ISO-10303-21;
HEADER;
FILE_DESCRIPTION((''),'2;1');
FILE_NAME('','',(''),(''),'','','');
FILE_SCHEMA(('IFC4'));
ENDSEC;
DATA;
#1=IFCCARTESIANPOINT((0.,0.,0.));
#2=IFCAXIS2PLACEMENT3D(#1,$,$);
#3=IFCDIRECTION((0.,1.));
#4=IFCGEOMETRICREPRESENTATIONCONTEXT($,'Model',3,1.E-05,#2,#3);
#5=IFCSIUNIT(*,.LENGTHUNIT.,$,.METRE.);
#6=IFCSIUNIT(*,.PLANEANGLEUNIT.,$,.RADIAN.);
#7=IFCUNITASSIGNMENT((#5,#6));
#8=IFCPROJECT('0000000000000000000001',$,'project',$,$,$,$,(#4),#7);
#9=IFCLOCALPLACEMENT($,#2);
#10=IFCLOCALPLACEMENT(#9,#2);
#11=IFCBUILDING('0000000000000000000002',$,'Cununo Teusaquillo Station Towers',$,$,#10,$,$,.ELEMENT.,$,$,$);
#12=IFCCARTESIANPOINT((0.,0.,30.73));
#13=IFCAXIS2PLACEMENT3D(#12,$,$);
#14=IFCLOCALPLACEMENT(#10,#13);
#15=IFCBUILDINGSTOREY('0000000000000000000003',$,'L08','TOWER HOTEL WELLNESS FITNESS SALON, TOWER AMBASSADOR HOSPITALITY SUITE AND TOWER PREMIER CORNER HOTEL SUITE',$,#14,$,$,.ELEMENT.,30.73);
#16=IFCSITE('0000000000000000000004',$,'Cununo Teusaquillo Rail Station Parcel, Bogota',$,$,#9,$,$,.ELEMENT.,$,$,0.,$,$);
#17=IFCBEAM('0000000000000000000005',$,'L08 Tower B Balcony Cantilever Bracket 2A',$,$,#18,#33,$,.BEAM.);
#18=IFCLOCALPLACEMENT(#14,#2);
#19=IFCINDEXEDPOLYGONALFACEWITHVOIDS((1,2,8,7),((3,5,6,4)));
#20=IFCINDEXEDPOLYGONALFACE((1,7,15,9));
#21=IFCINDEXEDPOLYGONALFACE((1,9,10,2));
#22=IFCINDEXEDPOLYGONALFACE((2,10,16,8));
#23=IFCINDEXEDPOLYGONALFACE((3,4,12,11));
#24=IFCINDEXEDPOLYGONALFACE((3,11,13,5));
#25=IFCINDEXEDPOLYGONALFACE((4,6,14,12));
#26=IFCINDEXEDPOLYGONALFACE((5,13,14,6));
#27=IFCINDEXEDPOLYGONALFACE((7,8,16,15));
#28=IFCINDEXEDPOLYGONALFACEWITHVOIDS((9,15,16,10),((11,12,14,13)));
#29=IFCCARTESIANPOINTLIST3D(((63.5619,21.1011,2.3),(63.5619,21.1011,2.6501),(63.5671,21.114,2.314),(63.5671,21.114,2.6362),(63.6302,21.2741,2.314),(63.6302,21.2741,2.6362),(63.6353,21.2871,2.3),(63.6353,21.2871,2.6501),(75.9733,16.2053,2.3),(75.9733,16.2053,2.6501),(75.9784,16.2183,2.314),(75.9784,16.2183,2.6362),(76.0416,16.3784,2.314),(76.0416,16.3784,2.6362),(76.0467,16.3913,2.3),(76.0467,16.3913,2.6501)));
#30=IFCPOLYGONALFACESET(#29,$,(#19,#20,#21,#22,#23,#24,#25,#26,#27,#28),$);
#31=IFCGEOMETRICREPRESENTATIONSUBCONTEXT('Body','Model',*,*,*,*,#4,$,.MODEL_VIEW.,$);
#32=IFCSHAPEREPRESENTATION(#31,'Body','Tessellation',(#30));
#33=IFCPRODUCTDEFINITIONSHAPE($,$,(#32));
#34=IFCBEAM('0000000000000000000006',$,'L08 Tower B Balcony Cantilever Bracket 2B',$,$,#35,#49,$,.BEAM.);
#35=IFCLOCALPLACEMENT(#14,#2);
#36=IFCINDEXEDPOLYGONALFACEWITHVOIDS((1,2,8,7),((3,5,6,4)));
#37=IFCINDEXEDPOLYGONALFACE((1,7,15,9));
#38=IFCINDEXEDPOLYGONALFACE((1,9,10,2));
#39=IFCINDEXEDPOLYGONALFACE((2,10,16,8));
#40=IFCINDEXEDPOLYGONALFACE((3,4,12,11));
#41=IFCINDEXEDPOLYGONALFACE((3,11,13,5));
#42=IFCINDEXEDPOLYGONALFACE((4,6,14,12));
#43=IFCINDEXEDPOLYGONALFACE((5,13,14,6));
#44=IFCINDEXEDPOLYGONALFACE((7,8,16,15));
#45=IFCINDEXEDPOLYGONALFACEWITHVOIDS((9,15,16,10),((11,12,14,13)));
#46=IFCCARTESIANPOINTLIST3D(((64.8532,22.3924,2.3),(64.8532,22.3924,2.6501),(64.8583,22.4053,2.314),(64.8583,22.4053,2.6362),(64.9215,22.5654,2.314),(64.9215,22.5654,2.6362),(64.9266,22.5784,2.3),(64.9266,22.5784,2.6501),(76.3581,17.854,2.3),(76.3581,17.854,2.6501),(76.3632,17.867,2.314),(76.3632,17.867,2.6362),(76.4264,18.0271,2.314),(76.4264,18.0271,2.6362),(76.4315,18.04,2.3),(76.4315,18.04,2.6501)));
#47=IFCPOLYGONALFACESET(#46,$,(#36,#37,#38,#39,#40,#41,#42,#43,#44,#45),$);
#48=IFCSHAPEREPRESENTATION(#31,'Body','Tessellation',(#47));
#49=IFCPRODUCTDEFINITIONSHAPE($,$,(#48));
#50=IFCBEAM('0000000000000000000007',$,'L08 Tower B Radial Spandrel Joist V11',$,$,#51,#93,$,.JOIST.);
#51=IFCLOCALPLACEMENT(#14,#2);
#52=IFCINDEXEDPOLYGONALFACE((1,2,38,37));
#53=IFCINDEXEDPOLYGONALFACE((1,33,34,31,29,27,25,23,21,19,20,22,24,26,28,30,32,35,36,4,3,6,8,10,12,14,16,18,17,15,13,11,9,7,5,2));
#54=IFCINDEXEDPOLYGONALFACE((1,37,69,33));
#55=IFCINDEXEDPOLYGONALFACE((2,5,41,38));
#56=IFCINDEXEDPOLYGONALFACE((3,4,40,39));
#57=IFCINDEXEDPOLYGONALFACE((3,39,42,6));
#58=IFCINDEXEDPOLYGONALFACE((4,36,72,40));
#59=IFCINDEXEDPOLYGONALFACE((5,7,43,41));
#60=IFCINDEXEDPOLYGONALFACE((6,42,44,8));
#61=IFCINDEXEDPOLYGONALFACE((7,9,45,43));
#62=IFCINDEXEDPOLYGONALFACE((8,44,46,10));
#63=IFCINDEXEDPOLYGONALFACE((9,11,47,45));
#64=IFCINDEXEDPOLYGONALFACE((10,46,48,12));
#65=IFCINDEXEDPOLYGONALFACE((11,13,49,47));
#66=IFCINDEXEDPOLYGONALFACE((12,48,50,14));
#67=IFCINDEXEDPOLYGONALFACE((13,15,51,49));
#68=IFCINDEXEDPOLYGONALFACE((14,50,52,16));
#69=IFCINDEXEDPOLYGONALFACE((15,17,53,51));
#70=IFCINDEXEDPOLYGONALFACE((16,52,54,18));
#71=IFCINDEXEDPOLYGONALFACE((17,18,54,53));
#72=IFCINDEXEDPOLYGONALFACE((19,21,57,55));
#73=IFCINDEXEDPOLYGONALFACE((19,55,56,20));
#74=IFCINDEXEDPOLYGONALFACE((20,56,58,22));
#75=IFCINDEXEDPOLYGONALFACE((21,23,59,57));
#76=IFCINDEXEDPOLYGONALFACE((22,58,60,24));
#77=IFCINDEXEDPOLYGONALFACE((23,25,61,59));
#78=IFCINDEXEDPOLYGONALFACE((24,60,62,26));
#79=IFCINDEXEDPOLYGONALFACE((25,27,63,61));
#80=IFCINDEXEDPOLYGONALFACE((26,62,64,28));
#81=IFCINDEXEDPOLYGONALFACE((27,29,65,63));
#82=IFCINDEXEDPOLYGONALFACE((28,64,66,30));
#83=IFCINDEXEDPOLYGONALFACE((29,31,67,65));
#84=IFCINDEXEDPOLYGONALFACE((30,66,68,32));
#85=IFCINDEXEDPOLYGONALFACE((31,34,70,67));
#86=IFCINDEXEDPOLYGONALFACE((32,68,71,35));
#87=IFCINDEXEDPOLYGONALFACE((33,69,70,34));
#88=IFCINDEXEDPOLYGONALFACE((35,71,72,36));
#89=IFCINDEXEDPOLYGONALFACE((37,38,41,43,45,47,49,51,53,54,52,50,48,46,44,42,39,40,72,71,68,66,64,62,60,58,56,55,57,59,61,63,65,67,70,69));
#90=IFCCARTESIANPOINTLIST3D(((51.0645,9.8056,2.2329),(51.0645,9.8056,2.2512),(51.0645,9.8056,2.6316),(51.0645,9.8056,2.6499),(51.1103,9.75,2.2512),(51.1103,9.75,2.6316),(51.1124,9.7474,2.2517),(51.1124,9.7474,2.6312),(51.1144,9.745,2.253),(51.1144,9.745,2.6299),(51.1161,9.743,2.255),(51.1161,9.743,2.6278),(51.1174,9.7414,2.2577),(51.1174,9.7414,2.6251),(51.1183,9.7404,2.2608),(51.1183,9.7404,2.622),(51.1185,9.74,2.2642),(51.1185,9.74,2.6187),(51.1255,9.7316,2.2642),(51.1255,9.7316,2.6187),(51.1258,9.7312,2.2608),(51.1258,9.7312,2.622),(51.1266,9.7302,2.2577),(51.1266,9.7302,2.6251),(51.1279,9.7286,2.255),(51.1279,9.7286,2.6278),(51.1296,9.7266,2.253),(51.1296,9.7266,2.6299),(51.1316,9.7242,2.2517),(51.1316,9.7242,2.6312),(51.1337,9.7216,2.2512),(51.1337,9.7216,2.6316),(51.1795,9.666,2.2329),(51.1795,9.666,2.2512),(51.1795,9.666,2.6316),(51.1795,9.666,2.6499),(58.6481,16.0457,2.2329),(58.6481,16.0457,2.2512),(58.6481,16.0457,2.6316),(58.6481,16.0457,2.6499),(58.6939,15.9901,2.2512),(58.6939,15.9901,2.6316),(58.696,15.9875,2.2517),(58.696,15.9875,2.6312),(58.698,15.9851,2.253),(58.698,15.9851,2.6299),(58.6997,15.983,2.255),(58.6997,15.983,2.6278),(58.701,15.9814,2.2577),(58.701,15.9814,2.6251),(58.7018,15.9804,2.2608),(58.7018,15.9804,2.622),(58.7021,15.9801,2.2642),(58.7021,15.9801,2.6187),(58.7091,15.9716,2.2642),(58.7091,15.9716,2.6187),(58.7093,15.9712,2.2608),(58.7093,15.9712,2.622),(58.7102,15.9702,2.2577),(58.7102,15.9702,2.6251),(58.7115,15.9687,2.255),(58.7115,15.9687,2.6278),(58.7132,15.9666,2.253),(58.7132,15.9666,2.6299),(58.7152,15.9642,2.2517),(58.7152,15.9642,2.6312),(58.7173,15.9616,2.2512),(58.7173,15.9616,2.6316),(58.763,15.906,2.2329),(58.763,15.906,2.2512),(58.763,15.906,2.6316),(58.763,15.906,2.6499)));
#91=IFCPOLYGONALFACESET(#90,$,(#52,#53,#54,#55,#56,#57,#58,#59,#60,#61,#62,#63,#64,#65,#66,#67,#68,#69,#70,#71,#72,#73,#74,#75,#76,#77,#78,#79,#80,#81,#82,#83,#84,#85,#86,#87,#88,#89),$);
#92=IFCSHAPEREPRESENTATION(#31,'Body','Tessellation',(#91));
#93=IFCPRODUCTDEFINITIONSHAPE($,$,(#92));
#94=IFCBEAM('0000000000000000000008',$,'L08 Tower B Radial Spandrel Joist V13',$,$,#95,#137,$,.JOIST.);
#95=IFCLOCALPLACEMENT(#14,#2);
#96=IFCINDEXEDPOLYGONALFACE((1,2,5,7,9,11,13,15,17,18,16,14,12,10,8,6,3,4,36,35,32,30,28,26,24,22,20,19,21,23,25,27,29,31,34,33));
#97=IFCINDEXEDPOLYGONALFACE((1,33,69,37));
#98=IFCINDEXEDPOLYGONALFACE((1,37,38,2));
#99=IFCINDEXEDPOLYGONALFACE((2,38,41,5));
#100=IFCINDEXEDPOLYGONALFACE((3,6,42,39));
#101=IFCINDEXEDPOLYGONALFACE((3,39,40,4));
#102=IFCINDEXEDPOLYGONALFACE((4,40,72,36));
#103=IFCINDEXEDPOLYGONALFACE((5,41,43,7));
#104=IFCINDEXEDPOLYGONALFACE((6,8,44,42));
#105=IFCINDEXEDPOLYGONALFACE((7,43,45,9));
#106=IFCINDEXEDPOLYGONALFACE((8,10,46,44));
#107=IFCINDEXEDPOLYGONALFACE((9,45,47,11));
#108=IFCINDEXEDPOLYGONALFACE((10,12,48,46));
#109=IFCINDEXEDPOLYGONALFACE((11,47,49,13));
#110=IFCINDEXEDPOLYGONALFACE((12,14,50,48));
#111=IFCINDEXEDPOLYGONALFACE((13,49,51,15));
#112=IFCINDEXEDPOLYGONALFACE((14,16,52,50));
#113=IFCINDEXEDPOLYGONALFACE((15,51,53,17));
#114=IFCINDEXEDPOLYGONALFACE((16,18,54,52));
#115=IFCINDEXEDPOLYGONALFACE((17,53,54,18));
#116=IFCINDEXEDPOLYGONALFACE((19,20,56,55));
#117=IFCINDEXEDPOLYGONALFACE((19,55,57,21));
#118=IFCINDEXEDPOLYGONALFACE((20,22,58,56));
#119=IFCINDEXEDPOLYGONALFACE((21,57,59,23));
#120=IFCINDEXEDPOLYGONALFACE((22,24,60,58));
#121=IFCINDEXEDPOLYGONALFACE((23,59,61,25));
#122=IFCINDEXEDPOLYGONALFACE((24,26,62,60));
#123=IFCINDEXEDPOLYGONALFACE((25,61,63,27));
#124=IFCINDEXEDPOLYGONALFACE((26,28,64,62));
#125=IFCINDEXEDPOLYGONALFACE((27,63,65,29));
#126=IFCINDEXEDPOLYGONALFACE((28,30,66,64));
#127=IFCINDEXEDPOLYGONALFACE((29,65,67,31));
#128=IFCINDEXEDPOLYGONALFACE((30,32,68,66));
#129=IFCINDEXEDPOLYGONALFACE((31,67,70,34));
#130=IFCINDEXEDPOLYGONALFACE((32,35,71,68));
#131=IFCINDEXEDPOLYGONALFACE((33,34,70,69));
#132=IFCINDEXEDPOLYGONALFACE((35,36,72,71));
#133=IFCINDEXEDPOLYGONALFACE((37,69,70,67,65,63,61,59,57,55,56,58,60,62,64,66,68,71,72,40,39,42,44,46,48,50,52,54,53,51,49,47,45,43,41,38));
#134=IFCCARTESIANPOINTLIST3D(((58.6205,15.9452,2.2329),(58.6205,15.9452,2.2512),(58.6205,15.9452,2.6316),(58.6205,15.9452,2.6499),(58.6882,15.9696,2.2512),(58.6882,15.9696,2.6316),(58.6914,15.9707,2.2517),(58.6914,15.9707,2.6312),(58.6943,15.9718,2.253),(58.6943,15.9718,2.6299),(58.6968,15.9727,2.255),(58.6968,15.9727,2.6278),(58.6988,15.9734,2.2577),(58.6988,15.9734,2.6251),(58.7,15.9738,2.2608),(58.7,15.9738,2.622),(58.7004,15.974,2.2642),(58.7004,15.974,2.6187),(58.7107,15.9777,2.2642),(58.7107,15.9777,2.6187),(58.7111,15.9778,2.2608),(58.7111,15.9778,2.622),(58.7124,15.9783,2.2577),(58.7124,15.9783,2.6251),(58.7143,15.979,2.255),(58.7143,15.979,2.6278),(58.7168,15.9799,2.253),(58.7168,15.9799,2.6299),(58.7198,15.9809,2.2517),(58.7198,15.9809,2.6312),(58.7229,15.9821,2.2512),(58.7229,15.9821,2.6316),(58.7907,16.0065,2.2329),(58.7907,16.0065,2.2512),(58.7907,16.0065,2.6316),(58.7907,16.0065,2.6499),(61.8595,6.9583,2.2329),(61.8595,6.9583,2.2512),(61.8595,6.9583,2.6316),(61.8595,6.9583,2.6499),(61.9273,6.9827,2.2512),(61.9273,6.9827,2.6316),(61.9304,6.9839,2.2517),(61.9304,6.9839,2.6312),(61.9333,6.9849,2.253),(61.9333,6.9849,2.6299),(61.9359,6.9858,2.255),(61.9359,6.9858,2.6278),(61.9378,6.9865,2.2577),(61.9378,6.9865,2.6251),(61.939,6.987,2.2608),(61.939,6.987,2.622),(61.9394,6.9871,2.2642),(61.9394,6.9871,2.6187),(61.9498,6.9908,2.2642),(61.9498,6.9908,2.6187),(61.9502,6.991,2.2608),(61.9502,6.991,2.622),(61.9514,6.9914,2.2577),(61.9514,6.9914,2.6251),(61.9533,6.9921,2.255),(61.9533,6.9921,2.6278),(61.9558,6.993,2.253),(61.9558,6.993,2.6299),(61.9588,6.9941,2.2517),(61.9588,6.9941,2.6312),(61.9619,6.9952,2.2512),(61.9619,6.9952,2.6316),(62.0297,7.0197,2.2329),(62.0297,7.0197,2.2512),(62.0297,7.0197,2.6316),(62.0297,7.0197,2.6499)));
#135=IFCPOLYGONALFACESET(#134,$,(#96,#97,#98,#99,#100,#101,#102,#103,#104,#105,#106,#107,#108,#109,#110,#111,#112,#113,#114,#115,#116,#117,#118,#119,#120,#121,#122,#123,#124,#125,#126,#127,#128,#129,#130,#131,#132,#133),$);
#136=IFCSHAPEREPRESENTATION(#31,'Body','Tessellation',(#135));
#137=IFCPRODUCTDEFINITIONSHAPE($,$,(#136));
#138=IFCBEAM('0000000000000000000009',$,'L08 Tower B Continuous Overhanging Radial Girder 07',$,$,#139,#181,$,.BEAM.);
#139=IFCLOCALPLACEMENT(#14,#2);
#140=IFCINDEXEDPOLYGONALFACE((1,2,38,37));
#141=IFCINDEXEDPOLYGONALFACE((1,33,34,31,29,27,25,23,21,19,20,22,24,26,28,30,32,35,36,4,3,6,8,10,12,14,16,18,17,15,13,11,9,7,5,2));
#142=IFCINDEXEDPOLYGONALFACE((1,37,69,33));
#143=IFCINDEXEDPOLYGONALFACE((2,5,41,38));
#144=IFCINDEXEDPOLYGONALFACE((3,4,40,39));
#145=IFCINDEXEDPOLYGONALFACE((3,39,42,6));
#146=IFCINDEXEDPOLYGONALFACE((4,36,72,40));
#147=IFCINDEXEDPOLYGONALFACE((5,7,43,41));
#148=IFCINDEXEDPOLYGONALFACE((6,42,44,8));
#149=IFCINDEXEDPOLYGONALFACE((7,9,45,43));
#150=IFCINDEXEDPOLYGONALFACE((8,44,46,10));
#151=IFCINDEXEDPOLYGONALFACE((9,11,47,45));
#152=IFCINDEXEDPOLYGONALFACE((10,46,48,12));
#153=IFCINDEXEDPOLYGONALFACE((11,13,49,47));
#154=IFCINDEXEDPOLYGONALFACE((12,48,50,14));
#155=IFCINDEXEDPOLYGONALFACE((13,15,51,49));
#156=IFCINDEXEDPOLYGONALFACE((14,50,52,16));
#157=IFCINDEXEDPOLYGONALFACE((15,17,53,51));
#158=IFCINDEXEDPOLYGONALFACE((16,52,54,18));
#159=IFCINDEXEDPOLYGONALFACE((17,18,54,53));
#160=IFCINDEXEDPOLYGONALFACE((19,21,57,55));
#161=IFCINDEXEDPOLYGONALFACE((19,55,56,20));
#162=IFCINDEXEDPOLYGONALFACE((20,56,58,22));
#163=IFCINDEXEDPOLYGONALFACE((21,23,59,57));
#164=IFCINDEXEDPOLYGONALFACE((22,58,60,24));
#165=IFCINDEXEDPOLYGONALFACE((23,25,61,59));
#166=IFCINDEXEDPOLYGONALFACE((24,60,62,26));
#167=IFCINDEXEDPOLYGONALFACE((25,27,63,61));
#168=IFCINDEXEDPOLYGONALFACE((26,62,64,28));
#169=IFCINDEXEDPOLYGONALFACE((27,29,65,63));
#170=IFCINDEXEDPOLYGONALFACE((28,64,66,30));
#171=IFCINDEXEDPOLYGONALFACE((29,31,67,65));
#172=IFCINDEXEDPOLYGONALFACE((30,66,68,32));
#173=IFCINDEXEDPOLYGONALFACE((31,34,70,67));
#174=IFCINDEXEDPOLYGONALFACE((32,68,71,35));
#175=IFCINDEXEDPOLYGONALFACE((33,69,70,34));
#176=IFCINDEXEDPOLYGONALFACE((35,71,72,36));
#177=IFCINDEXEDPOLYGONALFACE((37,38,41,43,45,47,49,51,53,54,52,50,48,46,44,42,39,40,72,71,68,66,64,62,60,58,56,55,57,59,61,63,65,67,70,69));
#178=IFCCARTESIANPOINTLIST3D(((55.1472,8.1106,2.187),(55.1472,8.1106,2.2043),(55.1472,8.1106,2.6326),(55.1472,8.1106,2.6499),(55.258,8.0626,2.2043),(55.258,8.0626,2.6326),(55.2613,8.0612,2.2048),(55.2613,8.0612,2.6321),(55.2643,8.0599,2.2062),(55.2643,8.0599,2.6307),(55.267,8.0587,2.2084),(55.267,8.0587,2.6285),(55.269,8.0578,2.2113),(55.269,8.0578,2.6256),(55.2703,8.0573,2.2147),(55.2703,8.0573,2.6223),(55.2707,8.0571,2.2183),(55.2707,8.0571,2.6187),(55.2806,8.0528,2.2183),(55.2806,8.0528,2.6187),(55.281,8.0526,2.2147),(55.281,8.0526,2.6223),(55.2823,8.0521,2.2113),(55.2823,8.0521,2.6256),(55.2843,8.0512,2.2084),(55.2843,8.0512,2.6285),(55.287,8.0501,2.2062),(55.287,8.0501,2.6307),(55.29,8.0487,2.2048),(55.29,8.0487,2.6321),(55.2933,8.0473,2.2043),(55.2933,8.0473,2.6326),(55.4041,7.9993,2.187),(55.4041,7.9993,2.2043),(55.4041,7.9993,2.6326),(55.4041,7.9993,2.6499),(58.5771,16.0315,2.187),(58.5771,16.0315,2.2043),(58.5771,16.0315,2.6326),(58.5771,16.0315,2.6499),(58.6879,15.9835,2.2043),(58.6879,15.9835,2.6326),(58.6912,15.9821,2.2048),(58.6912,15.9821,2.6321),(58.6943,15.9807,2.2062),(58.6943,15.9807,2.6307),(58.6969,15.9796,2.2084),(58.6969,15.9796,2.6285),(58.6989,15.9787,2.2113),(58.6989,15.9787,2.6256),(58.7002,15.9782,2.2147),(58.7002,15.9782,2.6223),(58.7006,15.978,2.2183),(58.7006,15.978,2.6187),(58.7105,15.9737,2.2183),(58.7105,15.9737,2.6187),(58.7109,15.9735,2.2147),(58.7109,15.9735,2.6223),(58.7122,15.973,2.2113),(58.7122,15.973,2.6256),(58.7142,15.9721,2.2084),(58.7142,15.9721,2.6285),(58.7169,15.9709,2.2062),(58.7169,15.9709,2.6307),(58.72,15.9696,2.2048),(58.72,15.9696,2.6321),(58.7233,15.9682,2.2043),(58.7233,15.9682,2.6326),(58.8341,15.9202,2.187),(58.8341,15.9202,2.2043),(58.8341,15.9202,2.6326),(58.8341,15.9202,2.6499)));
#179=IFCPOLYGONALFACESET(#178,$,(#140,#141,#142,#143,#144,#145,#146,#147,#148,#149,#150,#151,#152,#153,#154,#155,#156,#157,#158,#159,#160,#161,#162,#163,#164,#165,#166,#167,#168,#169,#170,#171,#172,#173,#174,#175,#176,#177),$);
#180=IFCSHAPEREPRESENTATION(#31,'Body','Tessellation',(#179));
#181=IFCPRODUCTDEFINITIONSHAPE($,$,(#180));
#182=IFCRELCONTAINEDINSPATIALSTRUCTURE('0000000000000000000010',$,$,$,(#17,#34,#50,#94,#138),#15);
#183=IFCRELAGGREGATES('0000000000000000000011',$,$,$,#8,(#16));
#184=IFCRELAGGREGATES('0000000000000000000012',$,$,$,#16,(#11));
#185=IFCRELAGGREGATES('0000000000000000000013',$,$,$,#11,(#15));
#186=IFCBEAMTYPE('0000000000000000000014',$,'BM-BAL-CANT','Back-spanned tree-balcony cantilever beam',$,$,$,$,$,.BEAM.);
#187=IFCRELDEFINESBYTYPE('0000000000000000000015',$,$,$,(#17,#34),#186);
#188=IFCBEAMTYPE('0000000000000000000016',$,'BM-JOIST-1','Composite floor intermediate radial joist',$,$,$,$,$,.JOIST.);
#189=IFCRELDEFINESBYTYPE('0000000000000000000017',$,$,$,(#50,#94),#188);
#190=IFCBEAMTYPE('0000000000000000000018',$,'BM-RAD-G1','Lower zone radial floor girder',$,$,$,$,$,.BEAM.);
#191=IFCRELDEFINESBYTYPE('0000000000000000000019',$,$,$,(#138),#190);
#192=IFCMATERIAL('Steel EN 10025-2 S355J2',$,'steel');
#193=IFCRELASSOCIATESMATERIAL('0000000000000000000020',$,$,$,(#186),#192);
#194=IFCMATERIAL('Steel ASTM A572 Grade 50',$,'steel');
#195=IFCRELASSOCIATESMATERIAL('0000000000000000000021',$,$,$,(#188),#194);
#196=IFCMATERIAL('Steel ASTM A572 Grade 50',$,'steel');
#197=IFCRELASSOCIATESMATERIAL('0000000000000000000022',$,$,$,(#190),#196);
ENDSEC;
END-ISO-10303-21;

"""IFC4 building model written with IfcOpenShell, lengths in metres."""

from ifc_helpers import new_model, si_unit, direction, frame, origin, origin_2d, place, context, subcontext, project, spatial, hollow_rectangle, i_section, extrude, material, material_profile, profile_set, type_object, element, save


model = new_model("IFC4")

# Units and contexts
model_context = context("Model", 3, precision=1e-05, world=origin(), true_north=direction((0.0, 1.0)))
body_context = subcontext(model_context, "Body", "Model", "MODEL_VIEW")
ifc_project = project(units=[si_unit("LENGTHUNIT", "METRE"), si_unit("PLANEANGLEUNIT", "RADIAN")], contexts=[model_context])

# Site, building, storey
site_placement = place(None, origin())
site = spatial("IfcSite", under=ifc_project, at=site_placement, Name="Cununo Teusaquillo Rail Station Parcel, Bogota", CompositionType="ELEMENT", RefElevation=0.0)
building_placement = place(site_placement, origin())
building = spatial("IfcBuilding", under=site, at=building_placement, Name="Cununo Teusaquillo Station Towers", CompositionType="ELEMENT")
storey_placement = place(building_placement, frame((0.0, 0.0, 30.73)))
storey = spatial("IfcBuildingStorey", under=building, at=storey_placement, Name="L08", Description="TOWER HOTEL WELLNESS FITNESS SALON, TOWER AMBASSADOR HOSPITALITY SUITE AND TOWER PREMIER CORNER HOTEL SUITE", CompositionType="ELEMENT", Elevation=30.73)

# Beams
ifc_material_1 = material(Name="Steel EN 10025-2 S355J2", Category="steel")
ifc_material_profile_1 = material_profile(ifc_material_1, hollow_rectangle(XDim=0.2, YDim=0.3501, WallThickness=0.0139, at=origin_2d()), Name="RHS 350x200x14")
ifc_profile_set_1 = profile_set([ifc_material_profile_1], Name="Steel EN 10025-2 S355J2")
beam_type_1 = type_object("IfcBeamType", Name="BM-BAL-CANT", Description="Back-spanned tree-balcony cantilever beam", PredefinedType="BEAM", material=ifc_profile_set_1)
beam_1_placement = place(storey_placement, frame((63.5986, 21.1941, 2.4751), z_axis=(0.930244, -0.366941, 0.0), x_axis=(0.366941, 0.930244, 0.0)))
element("IfcBeam", 1, at=beam_1_placement, inside=storey, type_object=beam_type_1, Name="L08 Tower B Balcony Cantilever Bracket 2A", PredefinedType="BEAM", context=body_context, shape_type="SweptSolid", body=[
    extrude(hollow_rectangle(XDim=0.2, YDim=0.3501, WallThickness=0.0139, at=origin_2d()), origin(), (0.0, 0.0, 1.0), 13.342),
])
beam_2_placement = place(storey_placement, frame((64.8899, 22.4854, 2.4751), z_axis=(0.93024, -0.366952, 0.0), x_axis=(0.366952, 0.93024, 0.0)))
element("IfcBeam", 2, at=beam_2_placement, inside=storey, type_object=beam_type_1, Name="L08 Tower B Balcony Cantilever Bracket 2B", PredefinedType="BEAM", context=body_context, shape_type="SweptSolid", body=[
    extrude(hollow_rectangle(XDim=0.2, YDim=0.3501, WallThickness=0.0139, at=origin_2d()), origin(), (0.0, 0.0, 1.0), 12.3677),
])
ifc_material_2 = material(Name="Steel ASTM A572 Grade 50", Category="steel")
ifc_material_profile_2 = material_profile(ifc_material_2, i_section(OverallWidth=0.1809, OverallDepth=0.417, WebThickness=0.011, FlangeThickness=0.0183, FilletRadius=0.0129, at=origin_2d()), Name="W16X57")
ifc_profile_set_2 = profile_set([ifc_material_profile_2], Name="Steel ASTM A572 Grade 50")
beam_type_2 = type_object("IfcBeamType", Name="BM-JOIST-1", Description="Composite floor intermediate radial joist", PredefinedType="JOIST", material=ifc_profile_set_2)
beam_3_placement = place(storey_placement, frame((58.7056, 15.9758, 2.4414), z_axis=(-0.772192, -0.635389, 0.0), x_axis=(0.635389, -0.772192, 0.0)))
element("IfcBeam", 3, at=beam_3_placement, inside=storey, type_object=beam_type_2, Name="L08 Tower B Radial Spandrel Joist V11", PredefinedType="JOIST", context=body_context, shape_type="SweptSolid", body=[
    extrude(i_section(OverallWidth=0.1809, OverallDepth=0.417, WebThickness=0.011, FlangeThickness=0.0183, FilletRadius=0.0129, at=origin_2d()), origin(), (0.0, 0.0, 1.0), 9.8208),
])
beam_4_placement = place(storey_placement, frame((58.7056, 15.9758, 2.4414), z_axis=(0.339068, -0.940762, 0.0), x_axis=(0.940762, 0.339068, 0.0)))
element("IfcBeam", 4, at=beam_4_placement, inside=storey, type_object=beam_type_2, Name="L08 Tower B Radial Spandrel Joist V13", PredefinedType="JOIST", context=body_context, shape_type="SweptSolid", body=[
    extrude(i_section(OverallWidth=0.1809, OverallDepth=0.417, WebThickness=0.011, FlangeThickness=0.0183, FilletRadius=0.0129, at=origin_2d()), origin(), (0.0, 0.0, 1.0), 9.5527),
])
ifc_material_3 = material(Name="Steel ASTM A572 Grade 50", Category="steel")
ifc_material_profile_3 = material_profile(ifc_material_3, i_section(OverallWidth=0.28, OverallDepth=0.4629, WebThickness=0.0107, FlangeThickness=0.0173, FilletRadius=0.0139, at=origin_2d()), Name="W18X76")
ifc_profile_set_3 = profile_set([ifc_material_profile_3], Name="Steel ASTM A572 Grade 50")
beam_type_3 = type_object("IfcBeamType", Name="BM-RAD-G1", Description="Lower zone radial floor girder", PredefinedType="BEAM", material=ifc_profile_set_3)
beam_5_placement = place(storey_placement, frame((58.7056, 15.9758, 2.4185), z_axis=(-0.397368, -0.917659, 0.0), x_axis=(0.917659, -0.397368, 0.0)))
element("IfcBeam", 5, at=beam_5_placement, inside=storey, type_object=beam_type_3, Name="L08 Tower B Continuous Overhanging Radial Girder 07", PredefinedType="BEAM", context=body_context, shape_type="SweptSolid", body=[
    extrude(i_section(OverallWidth=0.28, OverallDepth=0.4629, WebThickness=0.0107, FlangeThickness=0.0173, FilletRadius=0.0139, at=origin_2d()), origin(), (0.0, 0.0, 1.0), 8.6316),
])

save(model, "model.ifc")
